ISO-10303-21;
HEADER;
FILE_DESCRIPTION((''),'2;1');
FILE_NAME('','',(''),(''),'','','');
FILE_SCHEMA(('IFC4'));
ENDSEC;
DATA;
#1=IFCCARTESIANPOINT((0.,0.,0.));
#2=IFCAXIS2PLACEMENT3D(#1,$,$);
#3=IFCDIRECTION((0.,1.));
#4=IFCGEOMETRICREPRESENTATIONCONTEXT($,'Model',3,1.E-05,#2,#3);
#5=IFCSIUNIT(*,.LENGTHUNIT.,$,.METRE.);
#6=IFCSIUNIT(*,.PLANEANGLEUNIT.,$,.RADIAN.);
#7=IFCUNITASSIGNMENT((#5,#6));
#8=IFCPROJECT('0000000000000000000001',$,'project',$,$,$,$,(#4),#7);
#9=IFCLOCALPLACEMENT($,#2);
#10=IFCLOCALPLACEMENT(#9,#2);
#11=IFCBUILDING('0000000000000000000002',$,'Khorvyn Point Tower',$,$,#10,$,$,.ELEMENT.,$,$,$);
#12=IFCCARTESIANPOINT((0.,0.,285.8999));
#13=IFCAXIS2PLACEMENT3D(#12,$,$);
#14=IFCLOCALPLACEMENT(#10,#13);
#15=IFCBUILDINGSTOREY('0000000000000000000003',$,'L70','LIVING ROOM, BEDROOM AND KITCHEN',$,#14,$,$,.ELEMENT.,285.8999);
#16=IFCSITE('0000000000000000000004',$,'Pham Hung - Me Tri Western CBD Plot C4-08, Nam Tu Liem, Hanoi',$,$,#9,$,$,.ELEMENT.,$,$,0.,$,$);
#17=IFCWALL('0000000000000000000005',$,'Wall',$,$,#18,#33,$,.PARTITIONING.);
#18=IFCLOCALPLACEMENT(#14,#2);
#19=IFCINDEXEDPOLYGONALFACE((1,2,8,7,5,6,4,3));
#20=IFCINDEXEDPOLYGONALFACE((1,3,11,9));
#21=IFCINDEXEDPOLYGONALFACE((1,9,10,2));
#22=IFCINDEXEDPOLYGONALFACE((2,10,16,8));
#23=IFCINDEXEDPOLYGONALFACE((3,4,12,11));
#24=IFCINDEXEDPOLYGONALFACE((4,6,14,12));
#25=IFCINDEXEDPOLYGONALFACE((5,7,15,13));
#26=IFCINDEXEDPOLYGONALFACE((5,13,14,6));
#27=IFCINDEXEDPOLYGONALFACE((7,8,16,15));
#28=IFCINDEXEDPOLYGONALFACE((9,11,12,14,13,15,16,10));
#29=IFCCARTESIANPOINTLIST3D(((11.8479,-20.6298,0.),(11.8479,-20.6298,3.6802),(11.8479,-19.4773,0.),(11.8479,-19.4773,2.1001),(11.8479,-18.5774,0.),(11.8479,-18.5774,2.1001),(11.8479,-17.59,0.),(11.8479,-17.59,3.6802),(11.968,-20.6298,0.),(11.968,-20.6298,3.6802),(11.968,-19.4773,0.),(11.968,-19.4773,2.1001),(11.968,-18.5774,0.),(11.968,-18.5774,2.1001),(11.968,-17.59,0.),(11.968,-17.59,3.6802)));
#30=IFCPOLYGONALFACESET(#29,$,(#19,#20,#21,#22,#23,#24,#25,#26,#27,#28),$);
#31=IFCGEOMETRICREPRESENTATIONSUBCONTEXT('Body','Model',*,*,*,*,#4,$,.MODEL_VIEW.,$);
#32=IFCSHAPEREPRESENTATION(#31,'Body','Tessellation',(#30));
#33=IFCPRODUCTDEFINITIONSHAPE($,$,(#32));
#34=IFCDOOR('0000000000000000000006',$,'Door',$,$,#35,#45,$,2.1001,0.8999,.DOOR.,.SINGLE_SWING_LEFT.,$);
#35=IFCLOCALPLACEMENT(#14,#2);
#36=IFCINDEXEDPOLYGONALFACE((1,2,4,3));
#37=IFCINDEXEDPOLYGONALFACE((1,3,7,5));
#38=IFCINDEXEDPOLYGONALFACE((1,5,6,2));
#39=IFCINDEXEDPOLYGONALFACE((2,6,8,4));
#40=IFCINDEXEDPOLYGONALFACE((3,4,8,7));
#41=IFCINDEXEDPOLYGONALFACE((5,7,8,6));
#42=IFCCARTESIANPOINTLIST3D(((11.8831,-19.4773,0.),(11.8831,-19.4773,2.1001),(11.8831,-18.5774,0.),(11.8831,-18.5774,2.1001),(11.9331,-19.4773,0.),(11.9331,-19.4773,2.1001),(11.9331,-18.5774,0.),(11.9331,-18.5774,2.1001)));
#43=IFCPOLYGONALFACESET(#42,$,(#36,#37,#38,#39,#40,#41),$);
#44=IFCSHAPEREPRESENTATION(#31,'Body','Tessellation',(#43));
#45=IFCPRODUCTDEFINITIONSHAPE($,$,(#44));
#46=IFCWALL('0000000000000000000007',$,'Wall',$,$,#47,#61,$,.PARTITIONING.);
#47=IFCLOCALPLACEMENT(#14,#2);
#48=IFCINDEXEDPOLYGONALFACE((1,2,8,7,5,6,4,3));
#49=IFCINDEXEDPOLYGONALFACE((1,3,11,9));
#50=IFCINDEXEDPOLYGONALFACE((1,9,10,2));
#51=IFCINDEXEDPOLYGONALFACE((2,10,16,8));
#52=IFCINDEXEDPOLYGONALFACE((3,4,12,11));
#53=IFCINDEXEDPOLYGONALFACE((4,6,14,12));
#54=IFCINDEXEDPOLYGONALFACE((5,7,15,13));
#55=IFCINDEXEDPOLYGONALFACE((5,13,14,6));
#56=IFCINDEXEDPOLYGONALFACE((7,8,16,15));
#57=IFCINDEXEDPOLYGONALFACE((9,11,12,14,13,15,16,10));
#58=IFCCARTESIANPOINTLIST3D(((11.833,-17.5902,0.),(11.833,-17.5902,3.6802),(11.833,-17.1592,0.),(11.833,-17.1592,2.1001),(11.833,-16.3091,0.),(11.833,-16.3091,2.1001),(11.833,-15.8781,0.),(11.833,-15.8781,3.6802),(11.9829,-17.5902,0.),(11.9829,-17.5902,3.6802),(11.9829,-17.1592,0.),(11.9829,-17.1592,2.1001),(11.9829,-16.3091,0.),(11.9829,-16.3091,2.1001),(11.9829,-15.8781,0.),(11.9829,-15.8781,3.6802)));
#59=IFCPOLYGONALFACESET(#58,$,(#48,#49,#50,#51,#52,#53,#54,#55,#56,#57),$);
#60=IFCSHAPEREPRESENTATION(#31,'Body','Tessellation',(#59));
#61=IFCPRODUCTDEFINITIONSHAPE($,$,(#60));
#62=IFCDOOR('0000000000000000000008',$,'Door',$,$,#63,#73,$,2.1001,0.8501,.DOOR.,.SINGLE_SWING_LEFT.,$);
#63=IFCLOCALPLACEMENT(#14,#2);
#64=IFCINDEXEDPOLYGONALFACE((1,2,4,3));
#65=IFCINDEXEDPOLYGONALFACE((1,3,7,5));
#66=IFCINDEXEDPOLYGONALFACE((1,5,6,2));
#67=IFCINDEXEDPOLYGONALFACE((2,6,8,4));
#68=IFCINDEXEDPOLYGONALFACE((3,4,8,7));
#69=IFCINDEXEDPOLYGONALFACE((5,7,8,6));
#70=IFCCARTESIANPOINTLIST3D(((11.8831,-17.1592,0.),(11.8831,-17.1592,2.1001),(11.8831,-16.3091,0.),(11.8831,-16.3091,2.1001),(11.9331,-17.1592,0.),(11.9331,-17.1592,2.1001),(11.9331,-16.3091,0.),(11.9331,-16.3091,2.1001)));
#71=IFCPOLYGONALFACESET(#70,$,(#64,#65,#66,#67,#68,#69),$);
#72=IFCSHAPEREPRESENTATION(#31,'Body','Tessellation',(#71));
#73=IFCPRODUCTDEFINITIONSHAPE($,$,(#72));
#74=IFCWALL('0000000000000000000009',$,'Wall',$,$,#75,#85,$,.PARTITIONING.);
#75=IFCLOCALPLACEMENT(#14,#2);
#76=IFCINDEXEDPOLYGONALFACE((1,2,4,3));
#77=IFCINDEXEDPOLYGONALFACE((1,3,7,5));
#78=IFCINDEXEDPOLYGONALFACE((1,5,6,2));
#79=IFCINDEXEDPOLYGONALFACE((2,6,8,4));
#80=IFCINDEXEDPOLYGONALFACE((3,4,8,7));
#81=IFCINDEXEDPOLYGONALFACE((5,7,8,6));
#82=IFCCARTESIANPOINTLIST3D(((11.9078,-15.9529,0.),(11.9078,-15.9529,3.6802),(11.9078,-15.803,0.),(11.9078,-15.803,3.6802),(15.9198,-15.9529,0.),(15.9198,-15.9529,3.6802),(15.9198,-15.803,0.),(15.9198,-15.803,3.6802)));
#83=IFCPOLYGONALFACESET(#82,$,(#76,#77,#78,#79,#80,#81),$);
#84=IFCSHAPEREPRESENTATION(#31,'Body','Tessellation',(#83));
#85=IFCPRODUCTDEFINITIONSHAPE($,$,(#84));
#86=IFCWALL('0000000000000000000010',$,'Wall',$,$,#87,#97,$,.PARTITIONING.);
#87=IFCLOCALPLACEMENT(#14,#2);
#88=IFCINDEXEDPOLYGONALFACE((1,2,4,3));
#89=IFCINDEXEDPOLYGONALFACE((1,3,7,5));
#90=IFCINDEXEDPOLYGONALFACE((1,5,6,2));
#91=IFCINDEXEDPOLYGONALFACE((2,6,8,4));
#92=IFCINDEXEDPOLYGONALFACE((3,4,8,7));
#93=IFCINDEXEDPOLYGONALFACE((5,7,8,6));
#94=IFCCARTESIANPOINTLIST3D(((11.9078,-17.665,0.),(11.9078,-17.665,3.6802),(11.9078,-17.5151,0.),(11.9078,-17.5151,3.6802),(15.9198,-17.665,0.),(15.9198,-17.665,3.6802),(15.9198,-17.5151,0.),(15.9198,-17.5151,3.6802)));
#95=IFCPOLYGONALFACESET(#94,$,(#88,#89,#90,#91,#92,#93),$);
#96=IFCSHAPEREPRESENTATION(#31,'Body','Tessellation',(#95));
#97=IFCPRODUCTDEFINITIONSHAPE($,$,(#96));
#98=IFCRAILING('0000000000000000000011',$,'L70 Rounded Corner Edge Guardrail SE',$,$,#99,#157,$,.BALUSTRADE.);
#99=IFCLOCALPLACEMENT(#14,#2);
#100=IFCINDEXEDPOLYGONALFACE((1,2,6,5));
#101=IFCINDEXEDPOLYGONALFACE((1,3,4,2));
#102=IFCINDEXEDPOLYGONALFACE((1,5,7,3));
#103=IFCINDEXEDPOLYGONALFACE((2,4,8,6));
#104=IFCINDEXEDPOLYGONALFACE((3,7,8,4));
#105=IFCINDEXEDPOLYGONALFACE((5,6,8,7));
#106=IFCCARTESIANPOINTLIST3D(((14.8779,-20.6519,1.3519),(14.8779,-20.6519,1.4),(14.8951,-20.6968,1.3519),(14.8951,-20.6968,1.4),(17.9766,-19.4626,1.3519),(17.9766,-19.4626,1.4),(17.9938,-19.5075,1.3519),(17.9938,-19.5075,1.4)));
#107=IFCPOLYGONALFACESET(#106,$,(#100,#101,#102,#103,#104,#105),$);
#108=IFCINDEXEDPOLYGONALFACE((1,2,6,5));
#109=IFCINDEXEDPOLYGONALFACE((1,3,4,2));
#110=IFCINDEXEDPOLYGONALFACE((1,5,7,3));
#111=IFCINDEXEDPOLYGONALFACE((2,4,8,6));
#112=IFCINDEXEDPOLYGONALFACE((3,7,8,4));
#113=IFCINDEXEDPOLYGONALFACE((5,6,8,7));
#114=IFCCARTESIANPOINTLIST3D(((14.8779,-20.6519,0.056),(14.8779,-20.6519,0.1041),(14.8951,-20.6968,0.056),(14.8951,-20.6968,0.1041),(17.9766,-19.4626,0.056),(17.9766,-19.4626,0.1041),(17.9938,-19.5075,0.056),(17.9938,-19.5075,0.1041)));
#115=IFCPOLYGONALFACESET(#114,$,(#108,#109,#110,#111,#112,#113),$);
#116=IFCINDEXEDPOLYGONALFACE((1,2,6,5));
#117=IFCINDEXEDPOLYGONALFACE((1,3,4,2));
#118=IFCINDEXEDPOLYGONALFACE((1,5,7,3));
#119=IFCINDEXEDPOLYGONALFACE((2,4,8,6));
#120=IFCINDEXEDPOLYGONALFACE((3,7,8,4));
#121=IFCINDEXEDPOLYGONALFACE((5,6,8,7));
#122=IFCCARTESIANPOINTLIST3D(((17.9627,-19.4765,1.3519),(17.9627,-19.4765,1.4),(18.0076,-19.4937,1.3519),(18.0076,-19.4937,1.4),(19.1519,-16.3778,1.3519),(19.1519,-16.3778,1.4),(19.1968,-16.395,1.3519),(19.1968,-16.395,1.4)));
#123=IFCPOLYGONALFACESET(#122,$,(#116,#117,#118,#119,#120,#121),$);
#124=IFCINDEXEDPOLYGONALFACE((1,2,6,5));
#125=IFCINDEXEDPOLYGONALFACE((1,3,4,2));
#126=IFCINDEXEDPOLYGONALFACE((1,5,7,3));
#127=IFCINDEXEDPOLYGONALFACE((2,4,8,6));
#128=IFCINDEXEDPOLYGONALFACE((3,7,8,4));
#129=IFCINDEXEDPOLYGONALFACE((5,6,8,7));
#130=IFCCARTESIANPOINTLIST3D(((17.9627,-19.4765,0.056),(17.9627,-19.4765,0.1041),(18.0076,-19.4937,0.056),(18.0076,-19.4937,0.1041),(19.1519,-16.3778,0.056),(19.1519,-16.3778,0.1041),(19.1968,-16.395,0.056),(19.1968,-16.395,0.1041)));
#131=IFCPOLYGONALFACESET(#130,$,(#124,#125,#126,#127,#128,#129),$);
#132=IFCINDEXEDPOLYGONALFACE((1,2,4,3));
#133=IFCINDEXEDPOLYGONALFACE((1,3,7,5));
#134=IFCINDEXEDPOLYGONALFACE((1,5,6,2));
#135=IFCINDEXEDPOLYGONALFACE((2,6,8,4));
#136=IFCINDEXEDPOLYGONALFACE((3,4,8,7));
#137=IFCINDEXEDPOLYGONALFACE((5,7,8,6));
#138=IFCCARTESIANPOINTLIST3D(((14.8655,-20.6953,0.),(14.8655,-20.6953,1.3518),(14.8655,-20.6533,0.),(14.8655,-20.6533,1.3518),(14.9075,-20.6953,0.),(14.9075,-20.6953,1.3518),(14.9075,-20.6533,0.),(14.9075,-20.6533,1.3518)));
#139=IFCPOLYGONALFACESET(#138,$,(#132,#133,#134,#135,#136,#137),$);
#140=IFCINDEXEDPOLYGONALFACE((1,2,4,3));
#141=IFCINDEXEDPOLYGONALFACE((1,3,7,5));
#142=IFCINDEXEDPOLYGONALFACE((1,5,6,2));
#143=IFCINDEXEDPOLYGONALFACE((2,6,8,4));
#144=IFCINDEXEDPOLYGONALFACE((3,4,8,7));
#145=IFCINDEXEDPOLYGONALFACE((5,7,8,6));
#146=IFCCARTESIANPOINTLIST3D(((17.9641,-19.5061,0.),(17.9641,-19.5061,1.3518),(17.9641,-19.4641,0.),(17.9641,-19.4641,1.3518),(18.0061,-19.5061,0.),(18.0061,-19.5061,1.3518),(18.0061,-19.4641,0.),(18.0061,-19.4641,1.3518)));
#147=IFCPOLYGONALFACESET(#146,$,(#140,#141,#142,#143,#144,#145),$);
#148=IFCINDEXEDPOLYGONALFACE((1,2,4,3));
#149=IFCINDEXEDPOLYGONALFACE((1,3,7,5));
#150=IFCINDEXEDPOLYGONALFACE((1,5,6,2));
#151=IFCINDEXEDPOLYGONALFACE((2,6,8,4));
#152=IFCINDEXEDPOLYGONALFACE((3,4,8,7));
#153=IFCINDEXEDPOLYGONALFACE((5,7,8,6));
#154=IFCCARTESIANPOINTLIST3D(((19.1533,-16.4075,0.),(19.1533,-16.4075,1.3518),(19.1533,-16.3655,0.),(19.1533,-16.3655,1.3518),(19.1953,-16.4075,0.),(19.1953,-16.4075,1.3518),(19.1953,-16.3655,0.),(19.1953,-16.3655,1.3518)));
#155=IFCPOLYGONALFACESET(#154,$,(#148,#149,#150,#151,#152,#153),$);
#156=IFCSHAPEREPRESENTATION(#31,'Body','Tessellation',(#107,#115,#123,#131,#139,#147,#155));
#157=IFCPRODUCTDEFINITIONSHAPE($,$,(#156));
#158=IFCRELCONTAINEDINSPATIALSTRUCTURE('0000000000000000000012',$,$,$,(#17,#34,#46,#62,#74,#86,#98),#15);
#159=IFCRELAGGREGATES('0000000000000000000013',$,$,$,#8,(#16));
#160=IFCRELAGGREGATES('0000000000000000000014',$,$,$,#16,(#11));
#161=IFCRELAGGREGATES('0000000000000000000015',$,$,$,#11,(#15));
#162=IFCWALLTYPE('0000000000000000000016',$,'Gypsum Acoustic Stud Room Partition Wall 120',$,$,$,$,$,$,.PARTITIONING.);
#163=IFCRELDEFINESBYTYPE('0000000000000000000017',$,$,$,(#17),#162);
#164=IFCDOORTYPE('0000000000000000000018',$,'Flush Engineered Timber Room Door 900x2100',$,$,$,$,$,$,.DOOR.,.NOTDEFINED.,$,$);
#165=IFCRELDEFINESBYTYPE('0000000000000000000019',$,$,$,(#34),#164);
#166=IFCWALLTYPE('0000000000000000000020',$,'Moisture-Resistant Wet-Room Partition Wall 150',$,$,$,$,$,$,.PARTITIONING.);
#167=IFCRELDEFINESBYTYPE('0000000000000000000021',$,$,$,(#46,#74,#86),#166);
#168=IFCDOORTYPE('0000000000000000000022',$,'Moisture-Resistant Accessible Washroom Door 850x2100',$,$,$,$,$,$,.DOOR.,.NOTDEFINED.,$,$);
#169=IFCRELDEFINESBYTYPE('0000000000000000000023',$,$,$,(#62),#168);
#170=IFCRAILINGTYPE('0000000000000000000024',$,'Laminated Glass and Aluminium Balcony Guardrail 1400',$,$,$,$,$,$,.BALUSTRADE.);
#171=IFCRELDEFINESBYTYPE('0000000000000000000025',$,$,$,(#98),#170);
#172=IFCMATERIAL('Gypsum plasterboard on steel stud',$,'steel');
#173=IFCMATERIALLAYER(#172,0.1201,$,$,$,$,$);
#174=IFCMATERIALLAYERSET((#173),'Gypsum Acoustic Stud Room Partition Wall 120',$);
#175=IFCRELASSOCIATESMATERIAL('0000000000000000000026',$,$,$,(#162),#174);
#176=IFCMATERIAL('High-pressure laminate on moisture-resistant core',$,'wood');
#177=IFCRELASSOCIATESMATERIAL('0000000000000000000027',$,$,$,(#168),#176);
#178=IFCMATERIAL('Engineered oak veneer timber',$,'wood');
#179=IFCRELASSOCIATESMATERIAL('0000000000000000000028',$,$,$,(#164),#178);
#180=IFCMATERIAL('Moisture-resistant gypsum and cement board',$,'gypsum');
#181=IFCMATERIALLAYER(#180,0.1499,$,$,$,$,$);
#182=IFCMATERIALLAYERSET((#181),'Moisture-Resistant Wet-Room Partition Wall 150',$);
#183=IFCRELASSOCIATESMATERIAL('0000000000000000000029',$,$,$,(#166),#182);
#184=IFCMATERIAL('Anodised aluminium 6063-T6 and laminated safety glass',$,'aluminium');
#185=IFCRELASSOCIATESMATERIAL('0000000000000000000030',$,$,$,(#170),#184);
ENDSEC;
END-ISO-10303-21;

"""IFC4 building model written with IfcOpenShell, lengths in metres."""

from ifc_helpers import new_model, si_unit, direction, frame, frame_2d, origin, origin_2d, place, context, subcontext, project, spatial, rectangle, extrude, material, layer, layer_set, type_object, element, fill, save


model = new_model("IFC4")

# Units and contexts
model_context = context("Model", 3, precision=1e-05, world=origin(), true_north=direction((0.0, 1.0)))
body_context = subcontext(model_context, "Body", "Model", "MODEL_VIEW")
ifc_project = project(units=[si_unit("LENGTHUNIT", "METRE"), si_unit("PLANEANGLEUNIT", "RADIAN")], contexts=[model_context])

# Site, building, storey
site_placement = place(None, origin())
site = spatial("IfcSite", under=ifc_project, at=site_placement, Name="Pham Hung - Me Tri Western CBD Plot C4-08, Nam Tu Liem, Hanoi", CompositionType="ELEMENT", RefElevation=0.0)
building_placement = place(site_placement, origin())
building = spatial("IfcBuilding", under=site, at=building_placement, Name="Khorvyn Point Tower", CompositionType="ELEMENT")
storey_placement = place(building_placement, frame((0.0, 0.0, 285.8999)))
storey = spatial("IfcBuildingStorey", under=building, at=storey_placement, Name="L70", Description="LIVING ROOM, BEDROOM AND KITCHEN", CompositionType="ELEMENT", Elevation=285.8999)

# Walls, openings, doors
ifc_material_1 = material(Name="Gypsum plasterboard on steel stud", Category="steel")
ifc_layer_1 = layer(ifc_material_1, 0.1201)
ifc_layer_set_1 = layer_set([ifc_layer_1], Name="Gypsum Acoustic Stud Room Partition Wall 120")
wall_type_1 = type_object("IfcWallType", Name="Gypsum Acoustic Stud Room Partition Wall 120", PredefinedType="PARTITIONING", material=ifc_layer_set_1)
ifc_material_2 = material(Name="High-pressure laminate on moisture-resistant core", Category="wood")
door_type_1 = type_object("IfcDoorType", Name="Moisture-Resistant Accessible Washroom Door 850x2100", OperationType="NOTDEFINED", PredefinedType="DOOR", material=ifc_material_2)
wall_1_placement = place(storey_placement, frame((11.908, -20.6299, 0.0), z_axis=(0.0, 0.0, 1.0), x_axis=(0.0, 1.0, 0.0)))
wall_1 = element("IfcWall", 1, at=wall_1_placement, inside=storey, type_object=wall_type_1, Name="Wall", PredefinedType="PARTITIONING", context=body_context, shape_type="SweptSolid", body=[
    extrude(rectangle(XDim=3.0398, YDim=0.1201, at=frame_2d((1.52, 0.0))), origin(), (0.0, 0.0, 1.0), 3.6802),
])
opening_1_placement = place(wall_1_placement, frame((1.1526, 0.0, 0.0)))
opening_1 = element("IfcOpeningElement", 2, at=opening_1_placement, cuts=wall_1, PredefinedType="OPENING", context=body_context, shape_type="SweptSolid", body=[
    extrude(rectangle(XDim=0.8999, YDim=2.1001, at=frame_2d((0.45, 1.05))), frame((0.0, 0.0701, 0.0), z_axis=(0.0, -1.0, 0.0), x_axis=(1.0, 0.0, 0.0)), (0.0, 0.0, 1.0), 0.1401),
])
ifc_material_3 = material(Name="Engineered oak veneer timber", Category="wood")
door_type_2 = type_object("IfcDoorType", Name="Flush Engineered Timber Room Door 900x2100", OperationType="NOTDEFINED", PredefinedType="DOOR", material=ifc_material_3)
door_1_placement = place(opening_1_placement, origin())
door_1 = element("IfcDoor", 3, at=door_1_placement, inside=storey, type_object=door_type_2, Name="Door", OperationType="SINGLE_SWING_LEFT", OverallHeight=2.1001, OverallWidth=0.8999, PredefinedType="DOOR", context=body_context, shape_type="SweptSolid", body=[
    extrude(rectangle(XDim=0.8999, YDim=2.1001, at=frame_2d((0.45, 1.05))), frame((0.0, 0.0249, 0.0), z_axis=(0.0, -1.0, 0.0), x_axis=(1.0, 0.0, 0.0)), (0.0, 0.0, 1.0), 0.05),
])
fill(opening_1, door_1)
ifc_material_4 = material(Name="Moisture-resistant gypsum and cement board", Category="gypsum")
ifc_layer_2 = layer(ifc_material_4, 0.1499)
ifc_layer_set_2 = layer_set([ifc_layer_2], Name="Moisture-Resistant Wet-Room Partition Wall 150")
wall_type_2 = type_object("IfcWallType", Name="Moisture-Resistant Wet-Room Partition Wall 150", PredefinedType="PARTITIONING", material=ifc_layer_set_2)
wall_2_placement = place(storey_placement, frame((11.908, -17.5901, 0.0), z_axis=(0.0, 0.0, 1.0), x_axis=(0.0, 1.0, 0.0)))
wall_2 = element("IfcWall", 4, at=wall_2_placement, inside=storey, type_object=wall_type_2, Name="Wall", PredefinedType="PARTITIONING", context=body_context, shape_type="SweptSolid", body=[
    extrude(rectangle(XDim=1.7122, YDim=0.1499, at=frame_2d((0.856, 0.0))), origin(), (0.0, 0.0, 1.0), 3.6802),
])
opening_2_placement = place(wall_2_placement, frame((0.4309, 0.0, 0.0)))
opening_2 = element("IfcOpeningElement", 5, at=opening_2_placement, cuts=wall_2, PredefinedType="OPENING", context=body_context, shape_type="SweptSolid", body=[
    extrude(rectangle(XDim=0.8501, YDim=2.1001, at=frame_2d((0.425, 1.05))), frame((0.0, 0.085, 0.0), z_axis=(0.0, -1.0, 0.0), x_axis=(1.0, 0.0, 0.0)), (0.0, 0.0, 1.0), 0.1699),
])
door_2_placement = place(opening_2_placement, origin())
door_2 = element("IfcDoor", 6, at=door_2_placement, inside=storey, type_object=door_type_1, Name="Door", OperationType="SINGLE_SWING_LEFT", OverallHeight=2.1001, OverallWidth=0.8501, PredefinedType="DOOR", context=body_context, shape_type="SweptSolid", body=[
    extrude(rectangle(XDim=0.8501, YDim=2.1001, at=frame_2d((0.425, 1.05))), frame((0.0, 0.0249, 0.0), z_axis=(0.0, -1.0, 0.0), x_axis=(1.0, 0.0, 0.0)), (0.0, 0.0, 1.0), 0.05),
])
fill(opening_2, door_2)

# Walls
for number, where, z_axis, x_axis, name in (
    (7, (11.908, -15.8779, 0.0), (0.0, 0.0, 1.0), (1.0, 0.0, 0.0), "Wall"),
    (8, (11.908, -17.5901, 0.0), (0.0, 0.0, 1.0), (1.0, 0.0, 0.0), "Wall"),
):
    element("IfcWall", number, at=place(storey_placement, frame(where, z_axis=z_axis, x_axis=x_axis)), inside=storey, type_object=wall_type_2, Name=name, PredefinedType="PARTITIONING", context=body_context, shape_type="SweptSolid", body=[
        extrude(rectangle(XDim=4.012, YDim=0.1499, at=frame_2d((2.0059, 0.0))), origin(), (0.0, 0.0, 1.0), 3.6802),
    ])

# Railing
ifc_material_5 = material(Name="Anodised aluminium 6063-T6 and laminated safety glass", Category="aluminium")
railing_type_1 = type_object("IfcRailingType", Name="Laminated Glass and Aluminium Balcony Guardrail 1400", PredefinedType="BALUSTRADE", material=ifc_material_5)
railing_1_placement = place(storey_placement, frame((14.8865, -20.6743, 0.0)))
element("IfcRailing", 9, at=railing_1_placement, inside=storey, type_object=railing_type_1, Name="L70 Rounded Corner Edge Guardrail SE", PredefinedType="BALUSTRADE", context=body_context, shape_type="SweptSolid", body=[
    extrude(rectangle(XDim=0.0481, YDim=0.0481, at=origin_2d()), frame((0.0, 0.0, 1.376), z_axis=(0.933605, 0.358304, 0.0), x_axis=(-0.358304, 0.933605, 0.0)), (0.0, 0.0, 1.0), 3.3191),
    extrude(rectangle(XDim=0.0481, YDim=0.0481, at=origin_2d()), frame((0.0, 0.0, 0.0801), z_axis=(0.933605, 0.358304, 0.0), x_axis=(-0.358304, 0.933605, 0.0)), (0.0, 0.0, 1.0), 3.3191),
    extrude(rectangle(XDim=0.0481, YDim=0.0481, at=origin_2d()), frame((3.0986, 1.1892, 1.376), z_axis=(0.358304, 0.933605, 0.0), x_axis=(-0.933605, 0.358304, 0.0)), (0.0, 0.0, 1.0), 3.3191),
    extrude(rectangle(XDim=0.0481, YDim=0.0481, at=origin_2d()), frame((3.0986, 1.1892, 0.0801), z_axis=(0.358304, 0.933605, 0.0), x_axis=(-0.933605, 0.358304, 0.0)), (0.0, 0.0, 1.0), 3.3191),
    extrude(rectangle(XDim=0.042, YDim=0.042, at=origin_2d()), origin(), (0.0, 0.0, 1.0), 1.3518),
    extrude(rectangle(XDim=0.042, YDim=0.042, at=origin_2d()), frame((3.0986, 1.1892, 0.0)), (0.0, 0.0, 1.0), 1.3518),
    extrude(rectangle(XDim=0.042, YDim=0.042, at=origin_2d()), frame((4.2878, 4.2878, 0.0)), (0.0, 0.0, 1.0), 1.3518),
])

save(model, "model.ifc")
